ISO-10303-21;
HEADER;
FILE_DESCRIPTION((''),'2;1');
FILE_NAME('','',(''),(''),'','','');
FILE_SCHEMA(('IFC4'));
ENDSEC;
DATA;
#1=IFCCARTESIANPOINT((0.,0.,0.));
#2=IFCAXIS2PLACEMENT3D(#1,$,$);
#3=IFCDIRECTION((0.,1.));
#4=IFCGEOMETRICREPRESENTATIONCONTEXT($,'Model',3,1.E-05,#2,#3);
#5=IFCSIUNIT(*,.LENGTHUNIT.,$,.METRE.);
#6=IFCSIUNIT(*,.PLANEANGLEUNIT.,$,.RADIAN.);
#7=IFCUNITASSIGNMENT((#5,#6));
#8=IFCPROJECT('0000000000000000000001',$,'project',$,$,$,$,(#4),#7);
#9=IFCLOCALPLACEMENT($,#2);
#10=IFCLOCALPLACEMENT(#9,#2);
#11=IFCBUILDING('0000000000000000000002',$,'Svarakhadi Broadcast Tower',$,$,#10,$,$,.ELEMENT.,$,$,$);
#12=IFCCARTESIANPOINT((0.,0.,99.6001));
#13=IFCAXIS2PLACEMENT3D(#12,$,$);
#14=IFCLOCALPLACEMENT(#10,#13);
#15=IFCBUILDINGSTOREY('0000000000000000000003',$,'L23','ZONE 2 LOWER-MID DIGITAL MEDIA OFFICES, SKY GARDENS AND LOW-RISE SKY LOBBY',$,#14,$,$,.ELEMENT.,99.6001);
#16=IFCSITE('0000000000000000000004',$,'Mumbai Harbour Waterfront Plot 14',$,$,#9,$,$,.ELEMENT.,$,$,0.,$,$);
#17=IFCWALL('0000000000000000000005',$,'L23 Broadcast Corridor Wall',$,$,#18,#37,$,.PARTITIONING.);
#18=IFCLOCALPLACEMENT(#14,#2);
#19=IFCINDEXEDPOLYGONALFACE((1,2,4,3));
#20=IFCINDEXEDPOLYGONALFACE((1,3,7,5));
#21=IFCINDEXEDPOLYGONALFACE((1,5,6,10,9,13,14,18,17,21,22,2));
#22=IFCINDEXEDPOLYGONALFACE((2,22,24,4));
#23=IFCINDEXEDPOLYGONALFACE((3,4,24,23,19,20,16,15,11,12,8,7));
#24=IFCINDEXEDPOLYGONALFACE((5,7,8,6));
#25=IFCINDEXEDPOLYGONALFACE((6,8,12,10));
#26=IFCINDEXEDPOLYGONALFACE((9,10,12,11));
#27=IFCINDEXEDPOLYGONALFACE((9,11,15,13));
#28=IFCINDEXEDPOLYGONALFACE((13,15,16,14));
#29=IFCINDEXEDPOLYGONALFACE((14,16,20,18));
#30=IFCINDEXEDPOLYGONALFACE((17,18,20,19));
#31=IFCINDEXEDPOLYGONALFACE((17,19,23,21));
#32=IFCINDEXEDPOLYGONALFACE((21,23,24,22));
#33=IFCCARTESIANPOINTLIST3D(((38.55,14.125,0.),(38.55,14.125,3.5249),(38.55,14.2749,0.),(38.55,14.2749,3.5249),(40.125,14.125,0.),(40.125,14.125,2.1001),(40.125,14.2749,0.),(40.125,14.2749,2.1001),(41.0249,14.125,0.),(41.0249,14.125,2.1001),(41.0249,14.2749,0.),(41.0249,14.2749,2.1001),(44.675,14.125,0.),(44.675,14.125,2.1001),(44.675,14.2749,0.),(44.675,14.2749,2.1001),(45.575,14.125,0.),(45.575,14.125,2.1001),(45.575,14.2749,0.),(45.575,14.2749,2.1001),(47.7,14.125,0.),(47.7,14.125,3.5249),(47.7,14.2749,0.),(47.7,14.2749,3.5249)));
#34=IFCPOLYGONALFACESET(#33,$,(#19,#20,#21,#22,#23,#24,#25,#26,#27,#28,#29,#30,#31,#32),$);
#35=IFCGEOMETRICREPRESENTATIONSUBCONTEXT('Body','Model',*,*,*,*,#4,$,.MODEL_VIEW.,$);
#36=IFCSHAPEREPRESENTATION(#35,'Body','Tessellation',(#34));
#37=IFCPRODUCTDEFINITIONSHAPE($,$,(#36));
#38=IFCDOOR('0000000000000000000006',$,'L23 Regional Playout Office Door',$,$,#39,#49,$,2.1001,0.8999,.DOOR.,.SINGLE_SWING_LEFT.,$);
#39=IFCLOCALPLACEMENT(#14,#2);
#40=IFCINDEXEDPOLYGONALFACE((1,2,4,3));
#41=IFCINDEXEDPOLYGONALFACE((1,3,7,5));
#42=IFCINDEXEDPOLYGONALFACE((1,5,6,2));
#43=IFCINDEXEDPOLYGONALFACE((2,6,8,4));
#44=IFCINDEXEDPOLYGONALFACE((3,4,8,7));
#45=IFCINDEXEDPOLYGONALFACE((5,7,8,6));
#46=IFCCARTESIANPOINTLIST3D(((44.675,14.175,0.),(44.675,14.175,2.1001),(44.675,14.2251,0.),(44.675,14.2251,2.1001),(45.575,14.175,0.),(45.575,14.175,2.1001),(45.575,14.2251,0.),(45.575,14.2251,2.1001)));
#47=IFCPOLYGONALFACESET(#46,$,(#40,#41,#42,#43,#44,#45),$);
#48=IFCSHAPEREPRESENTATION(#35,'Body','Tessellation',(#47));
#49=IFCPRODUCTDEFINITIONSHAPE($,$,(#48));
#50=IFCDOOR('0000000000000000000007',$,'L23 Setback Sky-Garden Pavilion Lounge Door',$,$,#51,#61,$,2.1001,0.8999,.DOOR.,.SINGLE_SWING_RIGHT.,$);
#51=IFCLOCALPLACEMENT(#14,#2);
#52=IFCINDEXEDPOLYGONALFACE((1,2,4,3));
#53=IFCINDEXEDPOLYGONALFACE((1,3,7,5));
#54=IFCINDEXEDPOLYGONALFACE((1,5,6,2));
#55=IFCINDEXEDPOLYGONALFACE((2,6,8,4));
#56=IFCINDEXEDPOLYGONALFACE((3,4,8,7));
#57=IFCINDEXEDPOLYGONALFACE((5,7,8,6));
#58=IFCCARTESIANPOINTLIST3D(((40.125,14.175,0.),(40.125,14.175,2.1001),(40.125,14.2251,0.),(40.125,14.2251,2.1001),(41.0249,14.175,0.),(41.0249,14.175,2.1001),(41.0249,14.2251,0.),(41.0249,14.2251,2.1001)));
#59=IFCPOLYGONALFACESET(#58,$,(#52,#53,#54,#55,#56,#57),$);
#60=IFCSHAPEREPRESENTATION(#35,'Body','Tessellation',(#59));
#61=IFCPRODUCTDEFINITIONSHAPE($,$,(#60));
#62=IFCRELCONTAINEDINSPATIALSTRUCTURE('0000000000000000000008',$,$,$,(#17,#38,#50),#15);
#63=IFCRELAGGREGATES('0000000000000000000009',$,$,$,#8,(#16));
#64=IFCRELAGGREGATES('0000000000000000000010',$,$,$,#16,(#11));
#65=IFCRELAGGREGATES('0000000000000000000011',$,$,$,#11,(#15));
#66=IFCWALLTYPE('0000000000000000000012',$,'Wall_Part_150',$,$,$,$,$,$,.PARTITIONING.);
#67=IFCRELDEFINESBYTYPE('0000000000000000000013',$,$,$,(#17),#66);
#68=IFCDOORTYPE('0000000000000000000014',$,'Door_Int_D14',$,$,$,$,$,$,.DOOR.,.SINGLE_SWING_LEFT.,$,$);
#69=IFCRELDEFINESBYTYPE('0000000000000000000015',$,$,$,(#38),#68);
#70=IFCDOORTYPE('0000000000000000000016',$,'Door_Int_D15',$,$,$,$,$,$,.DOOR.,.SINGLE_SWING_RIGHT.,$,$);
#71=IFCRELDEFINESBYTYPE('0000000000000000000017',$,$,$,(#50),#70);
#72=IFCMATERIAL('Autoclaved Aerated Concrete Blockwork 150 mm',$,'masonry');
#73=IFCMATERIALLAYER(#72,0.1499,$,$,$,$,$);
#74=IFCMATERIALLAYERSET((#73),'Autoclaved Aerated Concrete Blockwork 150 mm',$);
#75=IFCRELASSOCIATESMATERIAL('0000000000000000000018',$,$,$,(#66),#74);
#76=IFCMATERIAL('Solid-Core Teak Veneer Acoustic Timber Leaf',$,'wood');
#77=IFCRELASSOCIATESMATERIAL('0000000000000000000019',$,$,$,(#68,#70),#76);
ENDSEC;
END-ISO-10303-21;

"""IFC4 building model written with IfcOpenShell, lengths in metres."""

from ifc_helpers import new_model, si_unit, direction, frame, frame_2d, origin, place, context, subcontext, project, spatial, rectangle, extrude, material, layer, layer_set, type_object, element, fill, save


model = new_model("IFC4")

# Units and contexts
model_context = context("Model", 3, precision=1e-05, world=origin(), true_north=direction((0.0, 1.0)))
body_context = subcontext(model_context, "Body", "Model", "MODEL_VIEW")
ifc_project = project(units=[si_unit("LENGTHUNIT", "METRE"), si_unit("PLANEANGLEUNIT", "RADIAN")], contexts=[model_context])

# Site, building, storey
site_placement = place(None, origin())
site = spatial("IfcSite", under=ifc_project, at=site_placement, Name="Mumbai Harbour Waterfront Plot 14", CompositionType="ELEMENT", RefElevation=0.0)
building_placement = place(site_placement, origin())
building = spatial("IfcBuilding", under=site, at=building_placement, Name="Svarakhadi Broadcast Tower", CompositionType="ELEMENT")
storey_placement = place(building_placement, frame((0.0, 0.0, 99.6001)))
storey = spatial("IfcBuildingStorey", under=building, at=storey_placement, Name="L23", Description="ZONE 2 LOWER-MID DIGITAL MEDIA OFFICES, SKY GARDENS AND LOW-RISE SKY LOBBY", CompositionType="ELEMENT", Elevation=99.6001)

# Shared definitions
ifc_material_1 = material(Name="Autoclaved Aerated Concrete Blockwork 150 mm", Category="masonry")
ifc_layer_1 = layer(ifc_material_1, 0.1499)
ifc_layer_set_1 = layer_set([ifc_layer_1], Name="Autoclaved Aerated Concrete Blockwork 150 mm")
wall_type_1 = type_object("IfcWallType", Name="Wall_Part_150", PredefinedType="PARTITIONING", material=ifc_layer_set_1)

# Wall, openings, doors
wall_1_placement = place(storey_placement, frame((47.7, 14.2, 0.0), z_axis=(0.0, 0.0, 1.0), x_axis=(-1.0, 0.0, 0.0)))
wall_1 = element("IfcWall", 1, at=wall_1_placement, inside=storey, type_object=wall_type_1, Name="L23 Broadcast Corridor Wall", PredefinedType="PARTITIONING", context=body_context, shape_type="SweptSolid", body=[
    extrude(rectangle(XDim=9.1499, YDim=0.1499, at=frame_2d((4.575, 0.0))), origin(), (0.0, 0.0, 1.0), 3.5249),
])
opening_1_placement = place(wall_1_placement, frame((6.675, 0.0, 0.0)))
opening_1 = element("IfcOpeningElement", 2, at=opening_1_placement, cuts=wall_1, PredefinedType="OPENING", context=body_context, shape_type="SweptSolid", body=[
    extrude(rectangle(XDim=0.8999, YDim=2.1001, at=frame_2d((0.45, 1.05))), frame((0.0, 0.085, 0.0), z_axis=(0.0, -1.0, 0.0), x_axis=(1.0, 0.0, 0.0)), (0.0, 0.0, 1.0), 0.1699),
])
opening_2_placement = place(wall_1_placement, frame((2.125, 0.0, 0.0)))
opening_2 = element("IfcOpeningElement", 3, at=opening_2_placement, cuts=wall_1, PredefinedType="OPENING", context=body_context, shape_type="SweptSolid", body=[
    extrude(rectangle(XDim=0.8999, YDim=2.1001, at=frame_2d((0.45, 1.05))), frame((0.0, 0.085, 0.0), z_axis=(0.0, -1.0, 0.0), x_axis=(1.0, 0.0, 0.0)), (0.0, 0.0, 1.0), 0.1699),
])
ifc_material_2 = material(Name="Solid-Core Teak Veneer Acoustic Timber Leaf", Category="wood")
door_type_1 = type_object("IfcDoorType", Name="Door_Int_D14", OperationType="SINGLE_SWING_LEFT", PredefinedType="DOOR", material=ifc_material_2)
door_1_placement = place(opening_2_placement, origin())
door_1 = element("IfcDoor", 4, at=door_1_placement, inside=storey, type_object=door_type_1, Name="L23 Regional Playout Office Door", OperationType="SINGLE_SWING_LEFT", OverallHeight=2.1001, OverallWidth=0.8999, PredefinedType="DOOR", context=body_context, shape_type="SweptSolid", body=[
    extrude(rectangle(XDim=0.8999, YDim=2.1001, at=frame_2d((0.45, 1.05))), frame((0.0, 0.0249, 0.0), z_axis=(0.0, -1.0, 0.0), x_axis=(1.0, 0.0, 0.0)), (0.0, 0.0, 1.0), 0.05),
])
fill(opening_2, door_1)
door_type_2 = type_object("IfcDoorType", Name="Door_Int_D15", OperationType="SINGLE_SWING_RIGHT", PredefinedType="DOOR", material=ifc_material_2)
door_2_placement = place(opening_1_placement, origin())
door_2 = element("IfcDoor", 5, at=door_2_placement, inside=storey, type_object=door_type_2, Name="L23 Setback Sky-Garden Pavilion Lounge Door", OperationType="SINGLE_SWING_RIGHT", OverallHeight=2.1001, OverallWidth=0.8999, PredefinedType="DOOR", context=body_context, shape_type="SweptSolid", body=[
    extrude(rectangle(XDim=0.8999, YDim=2.1001, at=frame_2d((0.45, 1.05))), frame((0.0, 0.0249, 0.0), z_axis=(0.0, -1.0, 0.0), x_axis=(1.0, 0.0, 0.0)), (0.0, 0.0, 1.0), 0.05),
])
fill(opening_1, door_2)

save(model, "model.ifc")
